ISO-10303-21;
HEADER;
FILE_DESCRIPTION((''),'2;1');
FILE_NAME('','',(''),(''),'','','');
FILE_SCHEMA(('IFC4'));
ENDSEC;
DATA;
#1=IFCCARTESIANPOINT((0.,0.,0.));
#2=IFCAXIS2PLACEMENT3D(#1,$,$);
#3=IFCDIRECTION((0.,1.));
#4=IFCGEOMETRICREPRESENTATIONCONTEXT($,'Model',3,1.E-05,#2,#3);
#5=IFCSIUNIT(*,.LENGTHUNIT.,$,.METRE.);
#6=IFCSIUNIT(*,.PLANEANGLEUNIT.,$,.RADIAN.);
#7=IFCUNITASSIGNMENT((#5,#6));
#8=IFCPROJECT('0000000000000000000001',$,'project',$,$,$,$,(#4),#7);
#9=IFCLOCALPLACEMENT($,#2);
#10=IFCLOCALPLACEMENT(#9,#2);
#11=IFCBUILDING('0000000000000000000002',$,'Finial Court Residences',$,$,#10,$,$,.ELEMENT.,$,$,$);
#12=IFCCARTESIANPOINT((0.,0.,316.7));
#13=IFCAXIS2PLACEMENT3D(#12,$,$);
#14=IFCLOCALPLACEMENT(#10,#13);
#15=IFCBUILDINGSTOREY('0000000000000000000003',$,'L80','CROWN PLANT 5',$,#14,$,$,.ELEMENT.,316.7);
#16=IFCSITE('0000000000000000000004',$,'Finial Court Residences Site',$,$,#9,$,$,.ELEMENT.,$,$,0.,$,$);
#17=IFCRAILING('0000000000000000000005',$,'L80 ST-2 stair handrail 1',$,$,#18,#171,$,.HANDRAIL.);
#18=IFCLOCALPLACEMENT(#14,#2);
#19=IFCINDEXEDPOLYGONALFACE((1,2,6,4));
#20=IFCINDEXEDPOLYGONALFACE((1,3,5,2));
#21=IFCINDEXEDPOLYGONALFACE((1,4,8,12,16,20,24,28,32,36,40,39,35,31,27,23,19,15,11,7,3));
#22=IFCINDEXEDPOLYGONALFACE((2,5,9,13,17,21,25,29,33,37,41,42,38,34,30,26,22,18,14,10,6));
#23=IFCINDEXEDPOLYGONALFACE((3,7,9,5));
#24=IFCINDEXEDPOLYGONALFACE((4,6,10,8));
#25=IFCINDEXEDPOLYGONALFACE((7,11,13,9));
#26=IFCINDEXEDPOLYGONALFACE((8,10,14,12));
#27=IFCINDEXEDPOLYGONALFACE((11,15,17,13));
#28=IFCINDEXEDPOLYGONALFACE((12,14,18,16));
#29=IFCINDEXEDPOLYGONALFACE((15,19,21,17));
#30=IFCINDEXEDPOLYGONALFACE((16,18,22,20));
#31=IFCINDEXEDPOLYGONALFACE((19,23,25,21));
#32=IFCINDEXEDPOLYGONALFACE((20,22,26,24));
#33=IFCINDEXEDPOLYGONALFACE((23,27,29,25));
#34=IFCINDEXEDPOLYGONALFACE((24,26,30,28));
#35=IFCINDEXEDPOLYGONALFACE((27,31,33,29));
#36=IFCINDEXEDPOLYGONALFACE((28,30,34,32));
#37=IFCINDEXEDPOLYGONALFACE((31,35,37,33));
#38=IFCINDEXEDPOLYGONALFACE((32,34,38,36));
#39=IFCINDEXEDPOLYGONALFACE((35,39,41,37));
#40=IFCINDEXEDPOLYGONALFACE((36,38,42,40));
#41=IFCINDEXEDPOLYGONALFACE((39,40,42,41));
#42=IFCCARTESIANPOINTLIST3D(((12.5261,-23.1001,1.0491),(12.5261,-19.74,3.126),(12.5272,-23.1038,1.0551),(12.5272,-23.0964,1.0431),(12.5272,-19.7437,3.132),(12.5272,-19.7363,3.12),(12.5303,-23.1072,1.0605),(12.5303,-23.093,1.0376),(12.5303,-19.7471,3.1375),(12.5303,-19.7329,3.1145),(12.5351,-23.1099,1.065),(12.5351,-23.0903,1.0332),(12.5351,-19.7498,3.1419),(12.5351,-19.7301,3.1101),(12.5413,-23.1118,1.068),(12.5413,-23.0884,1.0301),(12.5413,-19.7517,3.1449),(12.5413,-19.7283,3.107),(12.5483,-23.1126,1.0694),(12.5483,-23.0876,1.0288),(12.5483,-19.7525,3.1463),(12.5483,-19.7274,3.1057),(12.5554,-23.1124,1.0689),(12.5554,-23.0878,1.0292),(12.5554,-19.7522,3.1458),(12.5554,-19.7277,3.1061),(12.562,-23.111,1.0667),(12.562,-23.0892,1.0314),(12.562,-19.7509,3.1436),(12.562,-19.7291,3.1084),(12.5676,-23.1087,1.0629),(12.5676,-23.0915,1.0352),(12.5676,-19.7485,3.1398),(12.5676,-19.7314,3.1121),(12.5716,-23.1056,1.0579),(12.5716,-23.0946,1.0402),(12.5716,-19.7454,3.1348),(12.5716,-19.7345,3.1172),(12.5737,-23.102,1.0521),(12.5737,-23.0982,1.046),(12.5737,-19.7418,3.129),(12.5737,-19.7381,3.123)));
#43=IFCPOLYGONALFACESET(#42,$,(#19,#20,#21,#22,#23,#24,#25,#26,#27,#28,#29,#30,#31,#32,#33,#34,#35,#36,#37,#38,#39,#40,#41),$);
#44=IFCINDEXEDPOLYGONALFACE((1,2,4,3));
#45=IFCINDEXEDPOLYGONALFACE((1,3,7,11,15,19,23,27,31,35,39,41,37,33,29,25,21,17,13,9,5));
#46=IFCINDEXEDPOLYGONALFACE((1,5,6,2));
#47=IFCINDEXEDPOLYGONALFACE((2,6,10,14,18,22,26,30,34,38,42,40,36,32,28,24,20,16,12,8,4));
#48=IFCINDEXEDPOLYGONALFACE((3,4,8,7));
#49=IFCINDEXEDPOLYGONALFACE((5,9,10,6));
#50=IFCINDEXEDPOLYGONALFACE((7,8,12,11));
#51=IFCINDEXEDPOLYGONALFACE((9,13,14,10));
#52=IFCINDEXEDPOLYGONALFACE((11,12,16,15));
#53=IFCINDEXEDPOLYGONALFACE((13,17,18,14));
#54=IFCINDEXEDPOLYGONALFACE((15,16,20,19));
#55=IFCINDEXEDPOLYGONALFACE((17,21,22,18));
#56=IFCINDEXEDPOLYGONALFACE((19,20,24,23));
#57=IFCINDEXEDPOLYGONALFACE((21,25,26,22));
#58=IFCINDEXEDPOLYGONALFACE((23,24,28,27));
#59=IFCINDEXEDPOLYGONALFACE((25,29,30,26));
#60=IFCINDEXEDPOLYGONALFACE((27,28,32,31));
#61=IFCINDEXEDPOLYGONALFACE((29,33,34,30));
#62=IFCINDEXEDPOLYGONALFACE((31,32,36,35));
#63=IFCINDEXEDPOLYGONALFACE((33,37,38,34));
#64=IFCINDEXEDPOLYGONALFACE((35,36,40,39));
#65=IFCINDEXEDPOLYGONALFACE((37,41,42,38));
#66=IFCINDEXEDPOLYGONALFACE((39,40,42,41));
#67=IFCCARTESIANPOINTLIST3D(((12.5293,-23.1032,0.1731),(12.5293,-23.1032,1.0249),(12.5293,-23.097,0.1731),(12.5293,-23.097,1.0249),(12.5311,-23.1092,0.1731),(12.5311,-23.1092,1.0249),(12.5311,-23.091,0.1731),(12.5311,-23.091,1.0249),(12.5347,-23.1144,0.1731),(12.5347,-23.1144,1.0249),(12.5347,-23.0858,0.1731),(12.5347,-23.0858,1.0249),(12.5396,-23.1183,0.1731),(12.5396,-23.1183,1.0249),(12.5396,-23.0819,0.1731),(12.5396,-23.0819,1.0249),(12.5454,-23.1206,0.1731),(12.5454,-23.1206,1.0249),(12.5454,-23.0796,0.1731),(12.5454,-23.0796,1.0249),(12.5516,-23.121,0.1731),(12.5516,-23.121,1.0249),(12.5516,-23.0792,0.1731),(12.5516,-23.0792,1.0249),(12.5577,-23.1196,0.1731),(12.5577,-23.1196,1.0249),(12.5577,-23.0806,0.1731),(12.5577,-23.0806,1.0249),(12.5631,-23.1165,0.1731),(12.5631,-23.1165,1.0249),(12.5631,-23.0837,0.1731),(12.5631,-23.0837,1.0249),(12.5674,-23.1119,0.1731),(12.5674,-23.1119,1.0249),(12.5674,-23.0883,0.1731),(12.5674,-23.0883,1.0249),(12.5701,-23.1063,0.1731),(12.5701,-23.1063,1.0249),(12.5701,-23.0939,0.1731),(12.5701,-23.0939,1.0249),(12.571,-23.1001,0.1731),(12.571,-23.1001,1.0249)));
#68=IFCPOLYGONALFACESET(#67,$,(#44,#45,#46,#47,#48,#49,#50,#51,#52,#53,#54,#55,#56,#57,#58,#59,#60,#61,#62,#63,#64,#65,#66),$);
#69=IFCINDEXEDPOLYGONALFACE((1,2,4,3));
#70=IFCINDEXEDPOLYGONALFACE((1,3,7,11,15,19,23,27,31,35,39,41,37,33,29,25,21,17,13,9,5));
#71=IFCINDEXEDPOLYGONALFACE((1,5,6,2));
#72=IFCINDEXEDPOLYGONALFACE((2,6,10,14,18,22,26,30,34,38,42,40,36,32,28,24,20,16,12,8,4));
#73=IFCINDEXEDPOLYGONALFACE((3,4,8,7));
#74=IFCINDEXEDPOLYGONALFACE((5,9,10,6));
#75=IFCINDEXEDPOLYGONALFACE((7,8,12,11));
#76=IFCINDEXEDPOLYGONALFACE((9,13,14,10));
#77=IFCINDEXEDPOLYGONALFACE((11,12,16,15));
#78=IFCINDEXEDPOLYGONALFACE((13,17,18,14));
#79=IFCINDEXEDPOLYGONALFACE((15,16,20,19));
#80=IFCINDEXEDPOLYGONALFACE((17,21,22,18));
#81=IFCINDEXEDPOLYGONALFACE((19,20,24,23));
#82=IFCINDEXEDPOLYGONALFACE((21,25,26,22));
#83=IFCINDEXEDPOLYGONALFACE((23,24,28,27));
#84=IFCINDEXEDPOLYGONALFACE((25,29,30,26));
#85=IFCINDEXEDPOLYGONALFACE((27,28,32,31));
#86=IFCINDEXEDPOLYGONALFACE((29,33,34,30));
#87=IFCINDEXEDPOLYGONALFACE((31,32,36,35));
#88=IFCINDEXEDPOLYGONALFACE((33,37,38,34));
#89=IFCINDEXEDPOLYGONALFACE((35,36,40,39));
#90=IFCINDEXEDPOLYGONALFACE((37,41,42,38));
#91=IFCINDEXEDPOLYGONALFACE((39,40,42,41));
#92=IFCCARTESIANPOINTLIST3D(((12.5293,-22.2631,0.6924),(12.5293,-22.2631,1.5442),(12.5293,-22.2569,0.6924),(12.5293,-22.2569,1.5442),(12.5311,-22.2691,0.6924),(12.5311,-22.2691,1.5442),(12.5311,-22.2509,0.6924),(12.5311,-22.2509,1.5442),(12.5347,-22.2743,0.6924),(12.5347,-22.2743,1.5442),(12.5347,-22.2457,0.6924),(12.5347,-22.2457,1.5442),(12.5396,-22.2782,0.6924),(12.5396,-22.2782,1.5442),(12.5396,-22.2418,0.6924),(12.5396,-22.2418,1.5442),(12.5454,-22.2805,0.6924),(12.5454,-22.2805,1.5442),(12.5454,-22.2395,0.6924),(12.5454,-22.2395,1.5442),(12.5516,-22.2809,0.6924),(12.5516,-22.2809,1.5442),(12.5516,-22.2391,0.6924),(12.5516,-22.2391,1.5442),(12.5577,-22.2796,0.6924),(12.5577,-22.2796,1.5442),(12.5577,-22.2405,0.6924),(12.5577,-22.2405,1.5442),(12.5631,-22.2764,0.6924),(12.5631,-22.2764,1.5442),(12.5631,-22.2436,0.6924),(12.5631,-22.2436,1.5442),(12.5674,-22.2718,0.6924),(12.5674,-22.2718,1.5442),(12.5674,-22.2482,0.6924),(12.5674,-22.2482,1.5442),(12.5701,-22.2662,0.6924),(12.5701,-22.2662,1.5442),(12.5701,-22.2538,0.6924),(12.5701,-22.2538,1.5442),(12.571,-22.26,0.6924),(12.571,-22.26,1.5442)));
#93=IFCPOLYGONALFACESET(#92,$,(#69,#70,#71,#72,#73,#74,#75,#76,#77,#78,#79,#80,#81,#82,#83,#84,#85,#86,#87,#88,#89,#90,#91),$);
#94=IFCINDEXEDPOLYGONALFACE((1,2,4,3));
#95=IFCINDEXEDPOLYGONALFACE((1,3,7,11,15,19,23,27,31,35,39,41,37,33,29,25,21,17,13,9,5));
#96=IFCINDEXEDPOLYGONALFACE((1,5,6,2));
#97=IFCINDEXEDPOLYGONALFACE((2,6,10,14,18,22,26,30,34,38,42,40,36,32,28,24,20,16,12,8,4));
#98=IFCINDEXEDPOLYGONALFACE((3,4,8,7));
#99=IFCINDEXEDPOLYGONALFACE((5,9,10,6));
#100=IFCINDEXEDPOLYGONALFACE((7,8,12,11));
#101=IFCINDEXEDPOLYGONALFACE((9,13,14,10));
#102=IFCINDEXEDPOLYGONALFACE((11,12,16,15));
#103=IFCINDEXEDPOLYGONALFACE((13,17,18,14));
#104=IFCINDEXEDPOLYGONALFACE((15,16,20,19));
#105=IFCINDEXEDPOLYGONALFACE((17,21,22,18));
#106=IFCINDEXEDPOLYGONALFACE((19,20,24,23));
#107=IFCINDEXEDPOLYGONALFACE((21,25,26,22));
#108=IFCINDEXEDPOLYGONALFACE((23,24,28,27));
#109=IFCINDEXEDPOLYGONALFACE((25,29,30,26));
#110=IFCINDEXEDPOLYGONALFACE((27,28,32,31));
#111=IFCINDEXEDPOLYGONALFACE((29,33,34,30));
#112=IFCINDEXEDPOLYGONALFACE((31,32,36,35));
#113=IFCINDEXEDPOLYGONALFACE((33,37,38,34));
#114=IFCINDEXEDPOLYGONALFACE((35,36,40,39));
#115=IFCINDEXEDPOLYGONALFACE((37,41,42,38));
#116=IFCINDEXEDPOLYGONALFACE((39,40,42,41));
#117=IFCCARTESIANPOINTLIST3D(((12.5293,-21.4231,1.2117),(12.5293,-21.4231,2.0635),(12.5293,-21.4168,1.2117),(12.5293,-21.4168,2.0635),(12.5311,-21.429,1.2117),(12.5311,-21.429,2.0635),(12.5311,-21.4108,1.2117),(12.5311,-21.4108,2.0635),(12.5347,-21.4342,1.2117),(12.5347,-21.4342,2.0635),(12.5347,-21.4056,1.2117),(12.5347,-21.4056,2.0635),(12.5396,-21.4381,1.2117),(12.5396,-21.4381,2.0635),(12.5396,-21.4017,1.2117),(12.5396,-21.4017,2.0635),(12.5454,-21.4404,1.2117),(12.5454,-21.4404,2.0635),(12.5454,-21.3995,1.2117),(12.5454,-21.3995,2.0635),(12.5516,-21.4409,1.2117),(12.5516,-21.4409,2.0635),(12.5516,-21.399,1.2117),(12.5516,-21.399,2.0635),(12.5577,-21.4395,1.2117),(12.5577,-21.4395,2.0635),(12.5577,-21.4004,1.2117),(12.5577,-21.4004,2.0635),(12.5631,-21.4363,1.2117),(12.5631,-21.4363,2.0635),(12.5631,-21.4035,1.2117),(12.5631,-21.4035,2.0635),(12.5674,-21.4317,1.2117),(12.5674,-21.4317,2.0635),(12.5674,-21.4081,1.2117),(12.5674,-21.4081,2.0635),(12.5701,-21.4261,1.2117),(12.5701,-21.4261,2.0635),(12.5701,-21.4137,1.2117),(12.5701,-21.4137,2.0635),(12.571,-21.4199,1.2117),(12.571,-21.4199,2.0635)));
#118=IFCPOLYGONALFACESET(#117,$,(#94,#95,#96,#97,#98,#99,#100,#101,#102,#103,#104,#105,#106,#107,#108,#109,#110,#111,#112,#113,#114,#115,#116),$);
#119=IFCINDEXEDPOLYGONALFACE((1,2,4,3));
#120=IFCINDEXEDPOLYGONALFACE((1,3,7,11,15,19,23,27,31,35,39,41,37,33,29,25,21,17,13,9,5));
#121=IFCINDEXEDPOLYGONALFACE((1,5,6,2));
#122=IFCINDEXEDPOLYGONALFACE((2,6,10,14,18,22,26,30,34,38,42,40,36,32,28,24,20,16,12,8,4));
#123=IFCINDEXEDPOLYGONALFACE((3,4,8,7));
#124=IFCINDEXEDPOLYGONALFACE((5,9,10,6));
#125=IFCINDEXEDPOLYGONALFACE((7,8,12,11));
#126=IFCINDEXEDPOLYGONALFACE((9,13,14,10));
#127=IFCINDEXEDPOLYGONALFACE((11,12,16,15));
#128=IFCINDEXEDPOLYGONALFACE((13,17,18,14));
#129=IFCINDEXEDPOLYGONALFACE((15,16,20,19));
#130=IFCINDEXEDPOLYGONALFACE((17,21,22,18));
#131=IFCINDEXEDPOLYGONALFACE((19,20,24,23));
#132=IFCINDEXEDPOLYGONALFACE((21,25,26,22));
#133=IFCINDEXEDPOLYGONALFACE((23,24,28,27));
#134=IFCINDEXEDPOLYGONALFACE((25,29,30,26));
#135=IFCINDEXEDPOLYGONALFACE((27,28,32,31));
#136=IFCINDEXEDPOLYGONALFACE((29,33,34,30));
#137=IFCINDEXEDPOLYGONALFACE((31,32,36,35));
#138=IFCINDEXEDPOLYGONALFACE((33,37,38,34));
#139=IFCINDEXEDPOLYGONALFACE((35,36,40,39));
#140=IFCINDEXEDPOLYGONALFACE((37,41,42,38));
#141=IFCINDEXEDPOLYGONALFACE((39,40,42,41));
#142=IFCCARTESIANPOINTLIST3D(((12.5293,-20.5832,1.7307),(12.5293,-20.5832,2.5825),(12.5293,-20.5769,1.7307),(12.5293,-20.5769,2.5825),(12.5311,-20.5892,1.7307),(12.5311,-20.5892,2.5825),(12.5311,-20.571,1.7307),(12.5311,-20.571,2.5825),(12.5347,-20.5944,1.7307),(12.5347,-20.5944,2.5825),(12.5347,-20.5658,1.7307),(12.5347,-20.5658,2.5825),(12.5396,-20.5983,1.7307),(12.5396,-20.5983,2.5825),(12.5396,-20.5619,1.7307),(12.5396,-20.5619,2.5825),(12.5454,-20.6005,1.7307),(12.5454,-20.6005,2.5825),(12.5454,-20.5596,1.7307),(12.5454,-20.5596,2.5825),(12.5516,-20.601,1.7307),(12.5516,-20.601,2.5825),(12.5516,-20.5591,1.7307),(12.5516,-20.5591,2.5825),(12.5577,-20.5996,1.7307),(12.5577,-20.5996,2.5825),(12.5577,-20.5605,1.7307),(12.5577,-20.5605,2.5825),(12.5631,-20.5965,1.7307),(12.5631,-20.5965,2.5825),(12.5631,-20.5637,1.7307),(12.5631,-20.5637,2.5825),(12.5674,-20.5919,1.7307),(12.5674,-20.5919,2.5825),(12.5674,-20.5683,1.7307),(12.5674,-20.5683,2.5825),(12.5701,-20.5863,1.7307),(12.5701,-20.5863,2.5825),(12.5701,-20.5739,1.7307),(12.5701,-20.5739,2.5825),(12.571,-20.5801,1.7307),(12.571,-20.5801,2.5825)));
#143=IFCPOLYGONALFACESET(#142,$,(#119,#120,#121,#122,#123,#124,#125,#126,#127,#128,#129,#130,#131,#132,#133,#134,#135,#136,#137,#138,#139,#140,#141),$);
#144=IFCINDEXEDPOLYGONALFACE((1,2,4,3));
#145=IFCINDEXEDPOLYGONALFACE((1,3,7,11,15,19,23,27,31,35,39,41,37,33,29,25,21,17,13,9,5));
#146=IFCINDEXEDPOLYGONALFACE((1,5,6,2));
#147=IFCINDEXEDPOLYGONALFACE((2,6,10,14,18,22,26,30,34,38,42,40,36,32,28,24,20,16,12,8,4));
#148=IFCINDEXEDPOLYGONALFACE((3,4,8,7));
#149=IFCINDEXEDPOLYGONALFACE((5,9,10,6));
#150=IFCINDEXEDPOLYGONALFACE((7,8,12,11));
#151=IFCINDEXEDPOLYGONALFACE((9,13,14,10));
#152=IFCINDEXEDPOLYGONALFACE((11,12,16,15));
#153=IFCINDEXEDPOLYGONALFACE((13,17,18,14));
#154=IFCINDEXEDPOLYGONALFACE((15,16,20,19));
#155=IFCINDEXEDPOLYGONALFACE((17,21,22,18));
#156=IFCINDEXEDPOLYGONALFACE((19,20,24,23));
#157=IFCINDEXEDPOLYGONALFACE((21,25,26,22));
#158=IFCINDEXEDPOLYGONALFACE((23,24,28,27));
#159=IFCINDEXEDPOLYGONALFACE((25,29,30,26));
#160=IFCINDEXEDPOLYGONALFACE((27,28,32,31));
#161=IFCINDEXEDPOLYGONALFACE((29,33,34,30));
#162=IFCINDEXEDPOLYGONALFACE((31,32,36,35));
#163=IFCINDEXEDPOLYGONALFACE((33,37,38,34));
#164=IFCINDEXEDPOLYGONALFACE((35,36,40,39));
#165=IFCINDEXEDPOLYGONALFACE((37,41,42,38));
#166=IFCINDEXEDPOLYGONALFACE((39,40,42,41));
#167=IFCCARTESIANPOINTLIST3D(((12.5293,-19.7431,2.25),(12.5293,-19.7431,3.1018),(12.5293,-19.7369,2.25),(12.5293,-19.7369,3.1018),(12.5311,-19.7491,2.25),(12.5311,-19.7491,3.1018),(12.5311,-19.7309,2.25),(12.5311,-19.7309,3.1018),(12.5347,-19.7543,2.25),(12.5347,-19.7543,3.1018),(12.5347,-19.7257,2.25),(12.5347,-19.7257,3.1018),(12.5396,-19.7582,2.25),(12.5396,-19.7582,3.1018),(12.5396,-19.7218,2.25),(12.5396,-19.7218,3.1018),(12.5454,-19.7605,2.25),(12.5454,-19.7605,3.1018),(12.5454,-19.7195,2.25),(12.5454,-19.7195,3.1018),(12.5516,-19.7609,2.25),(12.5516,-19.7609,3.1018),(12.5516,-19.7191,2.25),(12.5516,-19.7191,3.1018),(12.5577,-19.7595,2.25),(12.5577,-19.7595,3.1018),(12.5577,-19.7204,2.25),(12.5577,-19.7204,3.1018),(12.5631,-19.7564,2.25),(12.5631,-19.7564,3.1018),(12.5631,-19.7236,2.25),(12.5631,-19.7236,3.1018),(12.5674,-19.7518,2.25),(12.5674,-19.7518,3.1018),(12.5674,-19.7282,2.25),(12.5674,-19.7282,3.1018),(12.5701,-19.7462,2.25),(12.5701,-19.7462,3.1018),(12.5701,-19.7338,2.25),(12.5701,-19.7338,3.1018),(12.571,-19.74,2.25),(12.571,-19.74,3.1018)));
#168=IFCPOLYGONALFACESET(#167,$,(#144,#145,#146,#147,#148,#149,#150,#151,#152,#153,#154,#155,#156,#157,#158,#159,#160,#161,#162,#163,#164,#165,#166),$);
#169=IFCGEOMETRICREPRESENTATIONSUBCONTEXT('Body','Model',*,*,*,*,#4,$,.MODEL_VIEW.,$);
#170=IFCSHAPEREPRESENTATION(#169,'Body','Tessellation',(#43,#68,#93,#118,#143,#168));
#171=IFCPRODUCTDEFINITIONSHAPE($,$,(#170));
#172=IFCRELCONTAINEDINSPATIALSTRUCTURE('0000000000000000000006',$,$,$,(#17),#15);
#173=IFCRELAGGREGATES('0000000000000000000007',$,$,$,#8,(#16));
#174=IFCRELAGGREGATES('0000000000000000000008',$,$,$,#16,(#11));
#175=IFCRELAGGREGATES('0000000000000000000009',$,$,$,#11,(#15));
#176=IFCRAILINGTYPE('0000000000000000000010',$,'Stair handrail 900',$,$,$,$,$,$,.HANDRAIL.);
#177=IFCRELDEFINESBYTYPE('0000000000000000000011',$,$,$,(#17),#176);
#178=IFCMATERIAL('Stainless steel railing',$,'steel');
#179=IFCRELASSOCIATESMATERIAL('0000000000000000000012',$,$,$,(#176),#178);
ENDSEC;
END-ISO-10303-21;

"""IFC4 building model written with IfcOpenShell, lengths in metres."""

from ifc_helpers import new_model, si_unit, direction, frame, origin, origin_2d, place, context, subcontext, project, spatial, circle, extrude, material, type_object, element, save


model = new_model("IFC4")

# Units and contexts
model_context = context("Model", 3, precision=1e-05, world=origin(), true_north=direction((0.0, 1.0)))
body_context = subcontext(model_context, "Body", "Model", "MODEL_VIEW")
ifc_project = project(units=[si_unit("LENGTHUNIT", "METRE"), si_unit("PLANEANGLEUNIT", "RADIAN")], contexts=[model_context])

# Site, building, storey
site_placement = place(None, origin())
site = spatial("IfcSite", under=ifc_project, at=site_placement, Name="Finial Court Residences Site", CompositionType="ELEMENT", RefElevation=0.0)
building_placement = place(site_placement, origin())
building = spatial("IfcBuilding", under=site, at=building_placement, Name="Finial Court Residences", CompositionType="ELEMENT")
storey_placement = place(building_placement, frame((0.0, 0.0, 316.7)))
storey = spatial("IfcBuildingStorey", under=building, at=storey_placement, Name="L80", Description="CROWN PLANT 5", CompositionType="ELEMENT", Elevation=316.7)

# Railing
ifc_material_1 = material(Name="Stainless steel railing", Category="steel")
railing_type_1 = type_object("IfcRailingType", Name="Stair handrail 900", PredefinedType="HANDRAIL", material=ifc_material_1)
railing_1_placement = place(storey_placement, frame((12.55, -23.1001, 0.1731)))
element("IfcRailing", 1, at=railing_1_placement, inside=storey, type_object=railing_type_1, Name="L80 ST-2 stair handrail 1", PredefinedType="HANDRAIL", context=body_context, shape_type="SweptSolid", body=[
    extrude(circle(Radius=0.0239, at=origin_2d()), frame((0.0, 0.0, 0.876), z_axis=(0.0, 0.850623, 0.525776), x_axis=(-1.0, 0.0, 0.0)), (0.0, 0.0, 1.0), 3.9502),
    extrude(circle(Radius=0.021, at=origin_2d()), origin(), (0.0, 0.0, 1.0), 0.8518),
    extrude(circle(Radius=0.021, at=origin_2d()), frame((0.0, 0.8401, 0.5193)), (0.0, 0.0, 1.0), 0.8518),
    extrude(circle(Radius=0.021, at=origin_2d()), frame((0.0, 1.6802, 1.0386)), (0.0, 0.0, 1.0), 0.8518),
    extrude(circle(Radius=0.021, at=origin_2d()), frame((0.0, 2.52, 1.5576)), (0.0, 0.0, 1.0), 0.8518),
    extrude(circle(Radius=0.021, at=origin_2d()), frame((0.0, 3.3601, 2.0769)), (0.0, 0.0, 1.0), 0.8518),
])

save(model, "model.ifc")
